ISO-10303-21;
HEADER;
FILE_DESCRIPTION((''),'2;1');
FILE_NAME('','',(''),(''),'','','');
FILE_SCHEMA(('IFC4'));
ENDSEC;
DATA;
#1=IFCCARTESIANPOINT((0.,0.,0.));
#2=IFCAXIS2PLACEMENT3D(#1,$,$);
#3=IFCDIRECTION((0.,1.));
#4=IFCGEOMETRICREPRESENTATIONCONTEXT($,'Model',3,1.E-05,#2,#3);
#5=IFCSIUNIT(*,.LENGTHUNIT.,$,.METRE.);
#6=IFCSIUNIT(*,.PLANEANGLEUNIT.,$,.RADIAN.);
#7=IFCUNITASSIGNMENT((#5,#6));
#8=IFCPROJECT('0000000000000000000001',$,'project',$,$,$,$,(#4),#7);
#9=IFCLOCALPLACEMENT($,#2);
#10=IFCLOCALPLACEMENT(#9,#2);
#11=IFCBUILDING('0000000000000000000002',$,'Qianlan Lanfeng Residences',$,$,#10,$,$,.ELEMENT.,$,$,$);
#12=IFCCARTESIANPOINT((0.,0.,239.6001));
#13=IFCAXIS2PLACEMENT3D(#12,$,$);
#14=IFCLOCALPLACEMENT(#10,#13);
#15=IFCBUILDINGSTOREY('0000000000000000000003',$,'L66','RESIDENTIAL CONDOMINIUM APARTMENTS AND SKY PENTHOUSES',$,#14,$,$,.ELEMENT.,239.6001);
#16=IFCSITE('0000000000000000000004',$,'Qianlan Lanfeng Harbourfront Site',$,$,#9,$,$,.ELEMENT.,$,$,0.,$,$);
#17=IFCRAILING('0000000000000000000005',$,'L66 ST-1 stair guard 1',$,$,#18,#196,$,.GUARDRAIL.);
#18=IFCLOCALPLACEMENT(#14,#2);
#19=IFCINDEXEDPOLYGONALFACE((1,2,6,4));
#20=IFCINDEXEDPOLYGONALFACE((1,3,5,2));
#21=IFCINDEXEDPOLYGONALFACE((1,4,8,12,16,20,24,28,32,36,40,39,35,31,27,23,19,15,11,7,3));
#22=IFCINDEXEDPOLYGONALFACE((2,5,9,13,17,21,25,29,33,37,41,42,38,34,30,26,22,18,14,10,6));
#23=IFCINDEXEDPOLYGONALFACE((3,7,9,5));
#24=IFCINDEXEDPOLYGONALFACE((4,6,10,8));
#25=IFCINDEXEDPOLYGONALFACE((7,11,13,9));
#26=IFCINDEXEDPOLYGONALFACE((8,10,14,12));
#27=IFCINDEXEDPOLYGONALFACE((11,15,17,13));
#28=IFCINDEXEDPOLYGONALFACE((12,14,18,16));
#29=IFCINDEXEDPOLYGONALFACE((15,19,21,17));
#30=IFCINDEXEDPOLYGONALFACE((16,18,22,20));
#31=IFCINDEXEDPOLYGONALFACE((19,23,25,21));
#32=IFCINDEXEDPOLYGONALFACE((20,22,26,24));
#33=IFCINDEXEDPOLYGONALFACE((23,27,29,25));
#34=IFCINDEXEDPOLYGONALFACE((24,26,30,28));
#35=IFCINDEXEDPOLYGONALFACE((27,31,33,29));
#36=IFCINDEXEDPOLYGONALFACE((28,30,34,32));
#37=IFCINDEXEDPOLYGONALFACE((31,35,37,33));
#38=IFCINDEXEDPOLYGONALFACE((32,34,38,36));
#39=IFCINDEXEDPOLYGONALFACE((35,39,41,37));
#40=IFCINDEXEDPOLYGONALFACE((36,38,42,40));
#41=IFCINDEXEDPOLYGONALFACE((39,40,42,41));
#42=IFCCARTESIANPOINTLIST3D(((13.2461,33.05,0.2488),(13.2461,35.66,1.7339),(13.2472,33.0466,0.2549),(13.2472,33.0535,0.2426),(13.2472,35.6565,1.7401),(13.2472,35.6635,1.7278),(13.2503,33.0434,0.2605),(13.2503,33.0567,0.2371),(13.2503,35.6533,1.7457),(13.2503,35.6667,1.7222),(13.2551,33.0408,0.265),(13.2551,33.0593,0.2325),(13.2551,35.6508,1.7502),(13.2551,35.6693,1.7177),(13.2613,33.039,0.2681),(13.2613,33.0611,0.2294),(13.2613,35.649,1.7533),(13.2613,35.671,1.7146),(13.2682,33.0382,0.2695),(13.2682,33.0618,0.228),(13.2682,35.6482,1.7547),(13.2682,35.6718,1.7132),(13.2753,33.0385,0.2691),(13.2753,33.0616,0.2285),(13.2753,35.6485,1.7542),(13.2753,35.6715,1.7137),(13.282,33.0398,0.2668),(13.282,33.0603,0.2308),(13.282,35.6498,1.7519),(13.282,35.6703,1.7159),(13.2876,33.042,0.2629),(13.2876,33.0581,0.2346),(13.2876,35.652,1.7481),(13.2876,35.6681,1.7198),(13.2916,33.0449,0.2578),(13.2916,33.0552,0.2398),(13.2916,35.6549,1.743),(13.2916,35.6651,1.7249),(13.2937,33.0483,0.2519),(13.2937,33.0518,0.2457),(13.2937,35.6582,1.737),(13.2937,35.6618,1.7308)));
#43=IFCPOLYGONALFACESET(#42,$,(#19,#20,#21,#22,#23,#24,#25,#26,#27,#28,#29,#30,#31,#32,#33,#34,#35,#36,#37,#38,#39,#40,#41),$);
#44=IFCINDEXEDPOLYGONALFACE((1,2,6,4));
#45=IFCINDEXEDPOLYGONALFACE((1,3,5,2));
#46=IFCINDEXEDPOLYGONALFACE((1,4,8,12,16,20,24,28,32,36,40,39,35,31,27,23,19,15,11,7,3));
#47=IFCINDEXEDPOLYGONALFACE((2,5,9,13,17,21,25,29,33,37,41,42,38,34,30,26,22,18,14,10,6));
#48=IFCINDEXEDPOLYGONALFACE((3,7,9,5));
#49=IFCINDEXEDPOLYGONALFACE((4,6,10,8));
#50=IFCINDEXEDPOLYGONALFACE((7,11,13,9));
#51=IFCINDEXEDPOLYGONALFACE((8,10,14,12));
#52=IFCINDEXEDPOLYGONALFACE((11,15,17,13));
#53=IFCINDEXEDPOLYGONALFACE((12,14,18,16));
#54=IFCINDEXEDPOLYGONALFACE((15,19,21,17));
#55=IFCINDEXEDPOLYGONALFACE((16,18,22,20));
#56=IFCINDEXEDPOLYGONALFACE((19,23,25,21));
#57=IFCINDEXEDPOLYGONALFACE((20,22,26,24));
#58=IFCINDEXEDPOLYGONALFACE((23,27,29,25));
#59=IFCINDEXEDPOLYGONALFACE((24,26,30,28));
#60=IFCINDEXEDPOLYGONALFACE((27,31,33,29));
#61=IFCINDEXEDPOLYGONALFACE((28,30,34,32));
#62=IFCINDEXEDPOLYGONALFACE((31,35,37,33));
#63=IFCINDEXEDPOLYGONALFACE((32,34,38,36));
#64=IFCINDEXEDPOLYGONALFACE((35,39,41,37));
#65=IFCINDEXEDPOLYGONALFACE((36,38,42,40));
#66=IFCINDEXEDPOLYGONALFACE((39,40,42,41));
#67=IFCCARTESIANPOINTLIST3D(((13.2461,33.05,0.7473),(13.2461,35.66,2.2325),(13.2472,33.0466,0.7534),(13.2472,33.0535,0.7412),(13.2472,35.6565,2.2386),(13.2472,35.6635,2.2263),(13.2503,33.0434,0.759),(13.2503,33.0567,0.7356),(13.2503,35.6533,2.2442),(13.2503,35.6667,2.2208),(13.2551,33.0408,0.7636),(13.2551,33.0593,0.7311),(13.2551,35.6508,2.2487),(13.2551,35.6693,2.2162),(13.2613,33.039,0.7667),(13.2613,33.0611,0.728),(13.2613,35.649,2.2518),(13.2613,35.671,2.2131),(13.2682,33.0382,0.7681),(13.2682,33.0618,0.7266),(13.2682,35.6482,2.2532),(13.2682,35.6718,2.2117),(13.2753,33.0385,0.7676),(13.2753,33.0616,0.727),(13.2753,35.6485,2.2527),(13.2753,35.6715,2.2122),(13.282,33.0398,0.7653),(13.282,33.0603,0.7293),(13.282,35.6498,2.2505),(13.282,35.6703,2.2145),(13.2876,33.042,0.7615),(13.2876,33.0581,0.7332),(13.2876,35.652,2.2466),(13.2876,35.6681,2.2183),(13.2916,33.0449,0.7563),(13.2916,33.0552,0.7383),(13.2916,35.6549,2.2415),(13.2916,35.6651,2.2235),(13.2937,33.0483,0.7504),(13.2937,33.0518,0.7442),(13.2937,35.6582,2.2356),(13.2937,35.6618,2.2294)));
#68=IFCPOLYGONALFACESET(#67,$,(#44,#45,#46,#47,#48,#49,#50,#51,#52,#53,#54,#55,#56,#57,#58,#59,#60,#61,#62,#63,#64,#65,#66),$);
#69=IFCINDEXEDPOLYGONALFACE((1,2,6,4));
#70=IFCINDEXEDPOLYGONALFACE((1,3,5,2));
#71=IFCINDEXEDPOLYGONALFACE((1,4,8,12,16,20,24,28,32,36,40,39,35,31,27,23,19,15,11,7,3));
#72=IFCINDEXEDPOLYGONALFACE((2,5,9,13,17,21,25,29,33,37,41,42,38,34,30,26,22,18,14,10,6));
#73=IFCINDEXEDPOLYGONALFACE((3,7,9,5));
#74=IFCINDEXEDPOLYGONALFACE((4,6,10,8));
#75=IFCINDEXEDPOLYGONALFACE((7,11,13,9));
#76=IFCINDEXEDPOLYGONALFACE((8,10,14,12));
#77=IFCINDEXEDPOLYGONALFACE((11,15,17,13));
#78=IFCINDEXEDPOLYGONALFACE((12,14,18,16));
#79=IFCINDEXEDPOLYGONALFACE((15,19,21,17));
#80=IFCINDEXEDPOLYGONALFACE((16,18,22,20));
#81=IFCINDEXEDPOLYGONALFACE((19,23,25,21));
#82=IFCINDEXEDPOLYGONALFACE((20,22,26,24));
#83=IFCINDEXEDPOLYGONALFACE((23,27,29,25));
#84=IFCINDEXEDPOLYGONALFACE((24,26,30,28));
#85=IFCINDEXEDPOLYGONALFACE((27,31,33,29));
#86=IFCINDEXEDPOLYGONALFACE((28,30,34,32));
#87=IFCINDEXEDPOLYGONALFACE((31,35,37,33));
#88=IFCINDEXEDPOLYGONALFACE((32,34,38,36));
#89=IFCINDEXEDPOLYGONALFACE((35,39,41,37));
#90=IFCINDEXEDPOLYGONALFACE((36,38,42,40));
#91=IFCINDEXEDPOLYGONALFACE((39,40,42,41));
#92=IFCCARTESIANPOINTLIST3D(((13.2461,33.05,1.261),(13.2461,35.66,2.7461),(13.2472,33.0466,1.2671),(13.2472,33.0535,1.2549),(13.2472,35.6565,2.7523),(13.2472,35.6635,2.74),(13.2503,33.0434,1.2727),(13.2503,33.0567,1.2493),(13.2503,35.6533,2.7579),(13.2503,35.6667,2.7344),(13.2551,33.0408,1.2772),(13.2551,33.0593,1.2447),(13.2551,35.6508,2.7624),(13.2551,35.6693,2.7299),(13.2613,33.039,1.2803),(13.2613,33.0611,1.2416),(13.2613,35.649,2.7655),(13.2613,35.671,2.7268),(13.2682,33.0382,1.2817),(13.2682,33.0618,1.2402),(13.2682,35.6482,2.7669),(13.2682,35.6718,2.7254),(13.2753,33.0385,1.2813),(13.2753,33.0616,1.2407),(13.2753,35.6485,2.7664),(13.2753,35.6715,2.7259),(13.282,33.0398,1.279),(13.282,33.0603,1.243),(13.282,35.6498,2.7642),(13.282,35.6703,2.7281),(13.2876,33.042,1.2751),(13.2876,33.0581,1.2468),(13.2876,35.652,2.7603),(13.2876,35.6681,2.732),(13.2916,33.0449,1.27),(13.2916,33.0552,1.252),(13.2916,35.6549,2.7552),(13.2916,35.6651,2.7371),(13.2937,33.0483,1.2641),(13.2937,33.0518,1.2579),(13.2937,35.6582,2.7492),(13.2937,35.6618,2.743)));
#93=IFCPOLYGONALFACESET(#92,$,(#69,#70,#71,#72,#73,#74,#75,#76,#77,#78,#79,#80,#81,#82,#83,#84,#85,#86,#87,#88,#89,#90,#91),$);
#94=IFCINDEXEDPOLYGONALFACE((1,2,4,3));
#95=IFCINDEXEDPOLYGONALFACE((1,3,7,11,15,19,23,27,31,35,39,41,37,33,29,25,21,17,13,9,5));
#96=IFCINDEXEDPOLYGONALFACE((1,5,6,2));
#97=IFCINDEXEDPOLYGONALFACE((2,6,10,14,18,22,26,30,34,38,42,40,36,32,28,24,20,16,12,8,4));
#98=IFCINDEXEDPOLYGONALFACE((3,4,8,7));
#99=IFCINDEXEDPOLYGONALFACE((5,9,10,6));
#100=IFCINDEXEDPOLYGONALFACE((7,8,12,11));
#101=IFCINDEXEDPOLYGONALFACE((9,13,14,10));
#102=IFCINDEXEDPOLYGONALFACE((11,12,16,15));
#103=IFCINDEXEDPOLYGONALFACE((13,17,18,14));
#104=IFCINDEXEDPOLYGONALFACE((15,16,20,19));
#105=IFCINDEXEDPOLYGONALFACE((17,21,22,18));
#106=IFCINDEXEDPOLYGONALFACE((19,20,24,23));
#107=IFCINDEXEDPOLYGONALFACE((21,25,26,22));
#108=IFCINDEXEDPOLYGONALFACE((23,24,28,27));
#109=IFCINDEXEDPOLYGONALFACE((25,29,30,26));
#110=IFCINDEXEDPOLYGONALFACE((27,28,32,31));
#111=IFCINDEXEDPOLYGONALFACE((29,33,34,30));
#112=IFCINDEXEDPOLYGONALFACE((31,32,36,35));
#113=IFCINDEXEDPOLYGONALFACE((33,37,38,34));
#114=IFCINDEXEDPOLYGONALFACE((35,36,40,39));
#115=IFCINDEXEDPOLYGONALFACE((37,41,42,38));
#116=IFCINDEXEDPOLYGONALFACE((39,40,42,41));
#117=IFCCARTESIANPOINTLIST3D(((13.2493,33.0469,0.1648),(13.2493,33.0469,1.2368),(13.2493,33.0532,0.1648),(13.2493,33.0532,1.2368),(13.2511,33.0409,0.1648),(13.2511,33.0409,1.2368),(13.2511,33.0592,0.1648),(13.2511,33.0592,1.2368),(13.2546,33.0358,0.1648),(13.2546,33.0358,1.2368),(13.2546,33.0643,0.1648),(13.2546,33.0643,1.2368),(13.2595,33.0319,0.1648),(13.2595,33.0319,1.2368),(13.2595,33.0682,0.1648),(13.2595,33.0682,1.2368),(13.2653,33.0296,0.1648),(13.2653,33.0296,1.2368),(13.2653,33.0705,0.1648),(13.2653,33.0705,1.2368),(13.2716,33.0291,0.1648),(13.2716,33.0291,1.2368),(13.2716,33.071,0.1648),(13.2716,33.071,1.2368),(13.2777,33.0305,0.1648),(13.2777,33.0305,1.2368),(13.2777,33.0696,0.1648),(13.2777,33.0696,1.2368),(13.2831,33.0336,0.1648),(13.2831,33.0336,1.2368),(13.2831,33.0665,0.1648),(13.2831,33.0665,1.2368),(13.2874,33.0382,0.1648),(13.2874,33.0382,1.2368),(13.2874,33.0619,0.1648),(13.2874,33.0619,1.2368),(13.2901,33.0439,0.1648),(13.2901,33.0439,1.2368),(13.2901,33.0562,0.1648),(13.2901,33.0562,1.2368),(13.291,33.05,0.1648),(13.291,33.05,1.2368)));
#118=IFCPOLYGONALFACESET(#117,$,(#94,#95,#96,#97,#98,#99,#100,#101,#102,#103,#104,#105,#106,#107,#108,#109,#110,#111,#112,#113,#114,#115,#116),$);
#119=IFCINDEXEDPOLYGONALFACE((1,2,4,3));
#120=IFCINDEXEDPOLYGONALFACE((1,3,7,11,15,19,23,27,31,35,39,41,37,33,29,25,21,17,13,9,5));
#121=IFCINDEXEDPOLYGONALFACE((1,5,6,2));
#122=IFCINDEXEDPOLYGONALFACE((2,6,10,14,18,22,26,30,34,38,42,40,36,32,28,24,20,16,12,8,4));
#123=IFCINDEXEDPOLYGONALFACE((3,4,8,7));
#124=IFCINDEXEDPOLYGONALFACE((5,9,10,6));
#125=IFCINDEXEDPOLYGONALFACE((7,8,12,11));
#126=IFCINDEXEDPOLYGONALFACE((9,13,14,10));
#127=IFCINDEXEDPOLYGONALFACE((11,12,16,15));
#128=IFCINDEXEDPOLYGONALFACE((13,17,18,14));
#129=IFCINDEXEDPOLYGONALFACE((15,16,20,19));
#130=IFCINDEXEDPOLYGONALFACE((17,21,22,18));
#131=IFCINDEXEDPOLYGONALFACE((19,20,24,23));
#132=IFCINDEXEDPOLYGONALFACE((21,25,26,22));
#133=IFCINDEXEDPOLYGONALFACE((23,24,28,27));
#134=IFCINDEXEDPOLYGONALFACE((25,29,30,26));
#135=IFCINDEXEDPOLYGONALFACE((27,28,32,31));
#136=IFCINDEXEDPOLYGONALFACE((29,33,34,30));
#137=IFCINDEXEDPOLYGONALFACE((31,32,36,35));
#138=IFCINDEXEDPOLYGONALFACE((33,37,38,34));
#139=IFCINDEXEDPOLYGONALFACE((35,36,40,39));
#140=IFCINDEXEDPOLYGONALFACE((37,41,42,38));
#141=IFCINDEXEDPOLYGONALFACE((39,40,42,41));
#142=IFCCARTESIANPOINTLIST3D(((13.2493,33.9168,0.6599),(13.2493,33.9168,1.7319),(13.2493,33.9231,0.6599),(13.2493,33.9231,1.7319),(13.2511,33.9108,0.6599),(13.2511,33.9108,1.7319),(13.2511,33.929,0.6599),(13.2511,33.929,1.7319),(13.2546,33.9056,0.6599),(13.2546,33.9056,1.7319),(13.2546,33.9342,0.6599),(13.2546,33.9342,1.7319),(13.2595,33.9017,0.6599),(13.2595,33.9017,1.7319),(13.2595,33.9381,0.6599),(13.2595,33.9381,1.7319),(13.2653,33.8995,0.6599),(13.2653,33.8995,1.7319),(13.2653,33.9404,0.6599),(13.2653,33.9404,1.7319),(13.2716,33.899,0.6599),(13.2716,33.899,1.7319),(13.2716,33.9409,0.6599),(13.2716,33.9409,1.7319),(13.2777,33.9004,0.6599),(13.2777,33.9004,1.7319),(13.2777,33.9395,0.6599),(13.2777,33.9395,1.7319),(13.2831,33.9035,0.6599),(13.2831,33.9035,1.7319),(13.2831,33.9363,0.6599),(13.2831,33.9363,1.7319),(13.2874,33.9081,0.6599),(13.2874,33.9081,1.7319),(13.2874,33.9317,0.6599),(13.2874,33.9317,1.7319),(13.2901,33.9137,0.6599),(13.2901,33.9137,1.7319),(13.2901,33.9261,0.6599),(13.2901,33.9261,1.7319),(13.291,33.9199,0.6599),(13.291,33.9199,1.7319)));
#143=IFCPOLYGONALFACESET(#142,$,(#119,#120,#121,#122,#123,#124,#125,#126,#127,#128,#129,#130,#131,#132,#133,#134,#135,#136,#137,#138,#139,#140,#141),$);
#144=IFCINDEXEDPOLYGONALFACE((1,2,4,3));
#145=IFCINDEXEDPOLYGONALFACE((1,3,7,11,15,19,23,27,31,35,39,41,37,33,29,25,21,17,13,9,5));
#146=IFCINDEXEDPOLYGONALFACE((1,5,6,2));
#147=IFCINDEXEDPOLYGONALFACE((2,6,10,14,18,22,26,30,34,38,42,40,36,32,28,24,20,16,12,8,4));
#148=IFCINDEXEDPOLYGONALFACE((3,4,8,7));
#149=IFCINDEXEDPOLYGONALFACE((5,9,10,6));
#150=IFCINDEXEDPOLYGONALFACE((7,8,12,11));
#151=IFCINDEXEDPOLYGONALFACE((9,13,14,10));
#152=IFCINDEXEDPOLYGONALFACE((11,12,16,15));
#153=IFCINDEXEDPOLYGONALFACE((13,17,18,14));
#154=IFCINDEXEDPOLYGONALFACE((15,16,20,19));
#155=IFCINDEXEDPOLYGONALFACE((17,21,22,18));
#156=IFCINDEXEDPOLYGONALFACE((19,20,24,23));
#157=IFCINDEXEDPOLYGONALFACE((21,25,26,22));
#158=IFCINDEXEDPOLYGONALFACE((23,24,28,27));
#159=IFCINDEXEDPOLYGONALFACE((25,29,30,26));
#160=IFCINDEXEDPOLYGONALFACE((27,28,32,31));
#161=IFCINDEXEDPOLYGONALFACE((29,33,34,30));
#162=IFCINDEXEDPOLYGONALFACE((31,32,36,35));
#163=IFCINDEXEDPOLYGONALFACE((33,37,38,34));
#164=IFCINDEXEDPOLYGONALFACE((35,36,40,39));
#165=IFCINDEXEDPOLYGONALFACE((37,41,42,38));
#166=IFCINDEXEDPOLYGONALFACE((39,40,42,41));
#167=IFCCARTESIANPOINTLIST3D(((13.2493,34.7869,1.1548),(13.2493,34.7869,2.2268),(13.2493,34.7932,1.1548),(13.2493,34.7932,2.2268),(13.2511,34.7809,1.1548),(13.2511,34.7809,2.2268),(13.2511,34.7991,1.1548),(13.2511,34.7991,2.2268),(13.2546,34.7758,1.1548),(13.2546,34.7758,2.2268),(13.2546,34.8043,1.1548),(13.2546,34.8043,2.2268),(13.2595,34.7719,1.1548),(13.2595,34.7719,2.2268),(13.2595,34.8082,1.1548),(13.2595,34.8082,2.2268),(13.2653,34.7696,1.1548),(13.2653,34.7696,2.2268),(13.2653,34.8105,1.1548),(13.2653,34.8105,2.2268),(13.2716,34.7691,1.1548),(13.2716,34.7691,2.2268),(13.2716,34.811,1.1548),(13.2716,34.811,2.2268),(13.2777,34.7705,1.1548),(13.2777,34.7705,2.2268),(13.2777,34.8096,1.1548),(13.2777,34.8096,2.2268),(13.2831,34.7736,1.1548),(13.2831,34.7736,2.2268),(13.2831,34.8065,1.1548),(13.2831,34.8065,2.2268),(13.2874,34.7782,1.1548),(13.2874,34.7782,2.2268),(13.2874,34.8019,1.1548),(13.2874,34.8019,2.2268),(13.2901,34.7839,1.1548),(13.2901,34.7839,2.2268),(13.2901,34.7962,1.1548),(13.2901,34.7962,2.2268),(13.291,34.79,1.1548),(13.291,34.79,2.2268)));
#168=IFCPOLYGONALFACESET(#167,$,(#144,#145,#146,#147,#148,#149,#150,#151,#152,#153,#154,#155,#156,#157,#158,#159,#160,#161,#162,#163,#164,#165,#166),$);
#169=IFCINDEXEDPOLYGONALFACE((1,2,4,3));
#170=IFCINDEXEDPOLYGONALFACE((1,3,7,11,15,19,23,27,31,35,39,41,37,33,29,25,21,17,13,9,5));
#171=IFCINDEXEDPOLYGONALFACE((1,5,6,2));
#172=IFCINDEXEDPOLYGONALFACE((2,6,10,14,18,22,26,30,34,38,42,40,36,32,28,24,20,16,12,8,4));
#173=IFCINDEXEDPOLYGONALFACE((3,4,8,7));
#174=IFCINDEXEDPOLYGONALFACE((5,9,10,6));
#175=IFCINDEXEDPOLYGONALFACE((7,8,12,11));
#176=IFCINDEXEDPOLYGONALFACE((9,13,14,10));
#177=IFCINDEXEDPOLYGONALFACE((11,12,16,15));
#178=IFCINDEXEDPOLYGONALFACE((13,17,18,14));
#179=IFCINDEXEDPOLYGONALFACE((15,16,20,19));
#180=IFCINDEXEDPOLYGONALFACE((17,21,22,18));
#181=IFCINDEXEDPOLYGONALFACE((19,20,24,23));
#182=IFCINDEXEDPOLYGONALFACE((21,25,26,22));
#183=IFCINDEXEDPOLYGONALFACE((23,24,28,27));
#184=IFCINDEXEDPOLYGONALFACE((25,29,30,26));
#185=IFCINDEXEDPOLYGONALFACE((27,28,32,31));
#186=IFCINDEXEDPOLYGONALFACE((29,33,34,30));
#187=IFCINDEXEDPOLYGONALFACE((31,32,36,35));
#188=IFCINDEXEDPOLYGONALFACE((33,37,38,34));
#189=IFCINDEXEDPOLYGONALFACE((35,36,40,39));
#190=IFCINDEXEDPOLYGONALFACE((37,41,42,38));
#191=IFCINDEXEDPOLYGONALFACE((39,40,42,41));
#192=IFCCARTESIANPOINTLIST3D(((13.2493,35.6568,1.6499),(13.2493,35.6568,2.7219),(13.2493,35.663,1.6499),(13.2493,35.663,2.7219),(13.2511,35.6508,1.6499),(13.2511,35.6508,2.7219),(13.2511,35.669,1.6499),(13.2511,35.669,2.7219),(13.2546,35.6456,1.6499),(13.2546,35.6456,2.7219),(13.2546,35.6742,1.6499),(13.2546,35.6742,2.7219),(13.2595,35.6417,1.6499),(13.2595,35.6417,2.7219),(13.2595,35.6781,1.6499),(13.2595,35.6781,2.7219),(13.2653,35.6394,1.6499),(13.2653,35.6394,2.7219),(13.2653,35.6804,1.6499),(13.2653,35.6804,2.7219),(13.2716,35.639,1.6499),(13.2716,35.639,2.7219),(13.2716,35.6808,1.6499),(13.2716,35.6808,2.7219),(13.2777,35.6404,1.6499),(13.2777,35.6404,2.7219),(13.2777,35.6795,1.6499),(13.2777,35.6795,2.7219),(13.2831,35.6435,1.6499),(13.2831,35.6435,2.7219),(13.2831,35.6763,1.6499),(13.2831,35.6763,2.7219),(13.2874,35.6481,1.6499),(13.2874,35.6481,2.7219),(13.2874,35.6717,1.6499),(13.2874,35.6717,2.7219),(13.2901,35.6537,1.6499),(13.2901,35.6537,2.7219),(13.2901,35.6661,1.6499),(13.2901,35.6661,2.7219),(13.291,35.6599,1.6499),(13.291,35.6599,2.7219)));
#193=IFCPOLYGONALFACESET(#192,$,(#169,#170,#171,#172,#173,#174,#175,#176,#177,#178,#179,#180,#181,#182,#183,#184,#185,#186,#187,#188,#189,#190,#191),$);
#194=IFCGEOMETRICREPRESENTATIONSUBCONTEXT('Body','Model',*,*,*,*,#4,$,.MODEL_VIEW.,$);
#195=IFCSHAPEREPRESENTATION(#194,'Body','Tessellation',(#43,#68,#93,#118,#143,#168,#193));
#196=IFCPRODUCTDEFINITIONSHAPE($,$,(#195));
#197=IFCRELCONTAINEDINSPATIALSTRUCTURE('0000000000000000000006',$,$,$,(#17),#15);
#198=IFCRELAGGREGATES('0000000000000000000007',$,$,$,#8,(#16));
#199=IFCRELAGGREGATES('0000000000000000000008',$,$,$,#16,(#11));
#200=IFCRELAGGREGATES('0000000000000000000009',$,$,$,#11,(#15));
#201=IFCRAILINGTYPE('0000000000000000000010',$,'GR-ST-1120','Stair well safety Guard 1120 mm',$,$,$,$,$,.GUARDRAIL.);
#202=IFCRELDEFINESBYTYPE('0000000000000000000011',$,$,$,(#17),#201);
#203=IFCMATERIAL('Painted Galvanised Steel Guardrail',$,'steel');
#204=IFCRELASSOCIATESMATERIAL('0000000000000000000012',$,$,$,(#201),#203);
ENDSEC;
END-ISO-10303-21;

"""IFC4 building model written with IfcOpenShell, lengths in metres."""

from ifc_helpers import new_model, si_unit, direction, frame, origin, origin_2d, place, context, subcontext, project, spatial, circle, extrude, material, type_object, element, save


model = new_model("IFC4")

# Units and contexts
model_context = context("Model", 3, precision=1e-05, world=origin(), true_north=direction((0.0, 1.0)))
body_context = subcontext(model_context, "Body", "Model", "MODEL_VIEW")
ifc_project = project(units=[si_unit("LENGTHUNIT", "METRE"), si_unit("PLANEANGLEUNIT", "RADIAN")], contexts=[model_context])

# Site, building, storey
site_placement = place(None, origin())
site = spatial("IfcSite", under=ifc_project, at=site_placement, Name="Qianlan Lanfeng Harbourfront Site", CompositionType="ELEMENT", RefElevation=0.0)
building_placement = place(site_placement, origin())
building = spatial("IfcBuilding", under=site, at=building_placement, Name="Qianlan Lanfeng Residences", CompositionType="ELEMENT")
storey_placement = place(building_placement, frame((0.0, 0.0, 239.6001)))
storey = spatial("IfcBuildingStorey", under=building, at=storey_placement, Name="L66", Description="RESIDENTIAL CONDOMINIUM APARTMENTS AND SKY PENTHOUSES", CompositionType="ELEMENT", Elevation=239.6001)

# Railing
ifc_material_1 = material(Name="Painted Galvanised Steel Guardrail", Category="steel")
railing_type_1 = type_object("IfcRailingType", Name="GR-ST-1120", Description="Stair well safety Guard 1120 mm", PredefinedType="GUARDRAIL", material=ifc_material_1)
railing_1_placement = place(storey_placement, frame((13.27, 33.05, 0.1648)))
element("IfcRailing", 1, at=railing_1_placement, inside=storey, type_object=railing_type_1, Name="L66 ST-1 stair guard 1", PredefinedType="GUARDRAIL", context=body_context, shape_type="SweptSolid", body=[
    extrude(circle(Radius=0.0239, at=origin_2d()), frame((0.0, 0.0, 0.084), z_axis=(0.0, 0.869137, 0.494571), x_axis=(-1.0, 0.0, 0.0)), (0.0, 0.0, 1.0), 3.0029),
    extrude(circle(Radius=0.0239, at=origin_2d()), frame((0.0, 0.0, 0.5825), z_axis=(0.0, 0.869137, 0.494571), x_axis=(-1.0, 0.0, 0.0)), (0.0, 0.0, 1.0), 3.0029),
    extrude(circle(Radius=0.0239, at=origin_2d()), frame((0.0, 0.0, 1.0962), z_axis=(0.0, 0.869137, 0.494571), x_axis=(-1.0, 0.0, 0.0)), (0.0, 0.0, 1.0), 3.0029),
    extrude(circle(Radius=0.021, at=origin_2d()), origin(), (0.0, 0.0, 1.0), 1.072),
    extrude(circle(Radius=0.021, at=origin_2d()), frame((0.0, 0.8699, 0.4951)), (0.0, 0.0, 1.0), 1.072),
    extrude(circle(Radius=0.021, at=origin_2d()), frame((0.0, 1.74, 0.99)), (0.0, 0.0, 1.0), 1.072),
    extrude(circle(Radius=0.021, at=origin_2d()), frame((0.0, 2.6099, 1.4851)), (0.0, 0.0, 1.0), 1.072),
])

save(model, "model.ifc")
